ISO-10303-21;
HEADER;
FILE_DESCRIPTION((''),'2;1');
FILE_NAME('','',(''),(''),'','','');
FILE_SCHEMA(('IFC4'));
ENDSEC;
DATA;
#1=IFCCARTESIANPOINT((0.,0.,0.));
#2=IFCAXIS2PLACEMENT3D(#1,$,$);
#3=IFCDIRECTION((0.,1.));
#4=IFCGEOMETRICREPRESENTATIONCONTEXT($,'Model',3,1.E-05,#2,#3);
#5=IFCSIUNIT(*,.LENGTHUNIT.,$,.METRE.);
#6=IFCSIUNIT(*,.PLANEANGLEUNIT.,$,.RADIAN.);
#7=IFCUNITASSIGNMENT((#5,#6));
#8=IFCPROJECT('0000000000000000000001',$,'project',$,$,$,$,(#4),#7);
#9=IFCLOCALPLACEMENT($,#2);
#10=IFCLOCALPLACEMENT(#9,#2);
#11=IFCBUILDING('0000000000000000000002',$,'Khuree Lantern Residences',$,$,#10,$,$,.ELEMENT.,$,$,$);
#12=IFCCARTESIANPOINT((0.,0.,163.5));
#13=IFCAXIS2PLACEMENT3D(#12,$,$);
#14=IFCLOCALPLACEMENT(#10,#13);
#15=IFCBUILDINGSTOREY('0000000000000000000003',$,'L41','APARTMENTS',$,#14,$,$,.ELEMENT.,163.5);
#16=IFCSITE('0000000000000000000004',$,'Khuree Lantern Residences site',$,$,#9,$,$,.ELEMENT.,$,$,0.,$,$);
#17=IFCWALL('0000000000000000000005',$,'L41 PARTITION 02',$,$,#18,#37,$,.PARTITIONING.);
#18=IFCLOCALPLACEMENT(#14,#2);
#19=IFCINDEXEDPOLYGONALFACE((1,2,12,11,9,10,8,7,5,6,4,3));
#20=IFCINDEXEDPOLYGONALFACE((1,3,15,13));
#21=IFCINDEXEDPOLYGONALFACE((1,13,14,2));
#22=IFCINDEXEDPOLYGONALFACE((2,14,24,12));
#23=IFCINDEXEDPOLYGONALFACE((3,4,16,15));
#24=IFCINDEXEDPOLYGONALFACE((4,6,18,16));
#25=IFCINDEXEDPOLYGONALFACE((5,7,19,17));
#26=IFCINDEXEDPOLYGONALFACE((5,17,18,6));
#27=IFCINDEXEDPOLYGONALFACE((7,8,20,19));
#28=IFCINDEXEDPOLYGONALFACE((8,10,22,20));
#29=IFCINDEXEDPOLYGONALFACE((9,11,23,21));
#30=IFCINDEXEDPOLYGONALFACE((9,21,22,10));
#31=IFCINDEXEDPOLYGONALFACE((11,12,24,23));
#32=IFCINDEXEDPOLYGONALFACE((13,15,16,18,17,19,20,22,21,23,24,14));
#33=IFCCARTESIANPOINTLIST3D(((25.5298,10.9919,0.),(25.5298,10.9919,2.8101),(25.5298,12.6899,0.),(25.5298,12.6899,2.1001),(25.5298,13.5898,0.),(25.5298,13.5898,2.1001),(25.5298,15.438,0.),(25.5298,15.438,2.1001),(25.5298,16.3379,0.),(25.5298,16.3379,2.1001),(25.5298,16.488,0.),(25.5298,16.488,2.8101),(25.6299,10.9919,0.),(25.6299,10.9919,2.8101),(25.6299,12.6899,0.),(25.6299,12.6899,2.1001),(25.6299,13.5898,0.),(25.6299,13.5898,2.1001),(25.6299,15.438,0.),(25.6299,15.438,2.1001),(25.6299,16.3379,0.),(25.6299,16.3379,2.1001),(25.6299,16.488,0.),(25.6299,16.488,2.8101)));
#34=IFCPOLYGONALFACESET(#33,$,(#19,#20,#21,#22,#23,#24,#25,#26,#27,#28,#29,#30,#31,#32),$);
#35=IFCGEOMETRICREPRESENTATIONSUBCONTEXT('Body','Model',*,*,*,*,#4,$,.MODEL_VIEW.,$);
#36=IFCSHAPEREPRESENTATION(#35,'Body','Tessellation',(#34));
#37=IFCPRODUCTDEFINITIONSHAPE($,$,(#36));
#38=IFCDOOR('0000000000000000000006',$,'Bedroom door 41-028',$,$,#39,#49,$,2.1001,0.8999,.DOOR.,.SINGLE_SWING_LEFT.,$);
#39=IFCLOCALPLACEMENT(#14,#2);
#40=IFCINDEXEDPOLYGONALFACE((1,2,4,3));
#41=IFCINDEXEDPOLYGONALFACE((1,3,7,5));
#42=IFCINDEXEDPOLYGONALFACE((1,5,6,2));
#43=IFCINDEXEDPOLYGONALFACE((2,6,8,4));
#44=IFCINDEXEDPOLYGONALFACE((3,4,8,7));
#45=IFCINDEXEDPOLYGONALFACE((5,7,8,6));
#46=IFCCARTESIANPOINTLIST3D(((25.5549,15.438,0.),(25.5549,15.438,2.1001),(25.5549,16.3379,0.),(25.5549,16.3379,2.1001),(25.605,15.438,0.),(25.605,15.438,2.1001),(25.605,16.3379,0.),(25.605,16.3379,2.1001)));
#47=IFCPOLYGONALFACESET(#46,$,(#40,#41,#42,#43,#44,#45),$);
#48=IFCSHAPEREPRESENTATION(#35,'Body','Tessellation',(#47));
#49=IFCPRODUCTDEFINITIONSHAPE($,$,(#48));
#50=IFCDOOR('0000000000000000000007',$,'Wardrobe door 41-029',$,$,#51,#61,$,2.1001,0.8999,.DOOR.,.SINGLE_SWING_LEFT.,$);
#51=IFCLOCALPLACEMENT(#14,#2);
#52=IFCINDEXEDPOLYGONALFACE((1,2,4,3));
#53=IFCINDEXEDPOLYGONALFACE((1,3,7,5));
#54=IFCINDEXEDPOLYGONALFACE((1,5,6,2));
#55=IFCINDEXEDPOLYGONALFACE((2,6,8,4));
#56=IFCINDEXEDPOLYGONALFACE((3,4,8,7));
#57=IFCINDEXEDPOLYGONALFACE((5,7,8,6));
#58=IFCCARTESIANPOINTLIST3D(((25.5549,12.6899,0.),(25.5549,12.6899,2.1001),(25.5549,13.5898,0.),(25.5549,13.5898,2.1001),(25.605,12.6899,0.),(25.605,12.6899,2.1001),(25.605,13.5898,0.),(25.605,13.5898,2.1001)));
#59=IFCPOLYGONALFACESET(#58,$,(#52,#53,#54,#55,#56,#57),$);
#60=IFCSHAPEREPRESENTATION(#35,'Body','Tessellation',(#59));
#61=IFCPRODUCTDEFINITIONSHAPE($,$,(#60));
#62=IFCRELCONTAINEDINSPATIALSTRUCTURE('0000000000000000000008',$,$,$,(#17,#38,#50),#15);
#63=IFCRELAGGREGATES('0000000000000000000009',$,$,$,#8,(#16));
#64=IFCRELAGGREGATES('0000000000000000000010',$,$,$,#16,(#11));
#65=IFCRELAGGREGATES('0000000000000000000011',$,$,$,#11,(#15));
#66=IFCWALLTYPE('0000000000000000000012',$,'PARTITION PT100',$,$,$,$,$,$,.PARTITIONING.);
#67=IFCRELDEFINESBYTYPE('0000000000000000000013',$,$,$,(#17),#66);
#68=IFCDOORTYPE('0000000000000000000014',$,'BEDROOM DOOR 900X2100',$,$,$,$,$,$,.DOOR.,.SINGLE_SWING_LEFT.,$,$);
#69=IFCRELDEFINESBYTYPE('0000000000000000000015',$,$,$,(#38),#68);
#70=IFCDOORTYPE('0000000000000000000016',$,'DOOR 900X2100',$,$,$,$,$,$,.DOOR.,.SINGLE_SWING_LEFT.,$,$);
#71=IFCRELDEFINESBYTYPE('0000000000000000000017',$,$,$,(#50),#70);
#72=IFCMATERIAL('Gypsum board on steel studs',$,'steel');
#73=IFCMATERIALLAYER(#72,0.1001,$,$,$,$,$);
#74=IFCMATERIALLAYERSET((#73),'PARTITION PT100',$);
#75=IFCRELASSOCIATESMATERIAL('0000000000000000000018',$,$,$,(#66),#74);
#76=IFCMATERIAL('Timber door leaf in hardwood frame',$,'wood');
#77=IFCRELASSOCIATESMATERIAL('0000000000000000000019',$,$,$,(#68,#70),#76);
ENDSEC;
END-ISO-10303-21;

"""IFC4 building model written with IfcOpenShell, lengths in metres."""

from ifc_helpers import new_model, si_unit, direction, frame, frame_2d, origin, place, context, subcontext, project, spatial, rectangle, extrude, material, layer, layer_set, type_object, element, fill, save


model = new_model("IFC4")

# Units and contexts
model_context = context("Model", 3, precision=1e-05, world=origin(), true_north=direction((0.0, 1.0)))
body_context = subcontext(model_context, "Body", "Model", "MODEL_VIEW")
ifc_project = project(units=[si_unit("LENGTHUNIT", "METRE"), si_unit("PLANEANGLEUNIT", "RADIAN")], contexts=[model_context])

# Site, building, storey
site_placement = place(None, origin())
site = spatial("IfcSite", under=ifc_project, at=site_placement, Name="Khuree Lantern Residences site", CompositionType="ELEMENT", RefElevation=0.0)
building_placement = place(site_placement, origin())
building = spatial("IfcBuilding", under=site, at=building_placement, Name="Khuree Lantern Residences", CompositionType="ELEMENT")
storey_placement = place(building_placement, frame((0.0, 0.0, 163.5)))
storey = spatial("IfcBuildingStorey", under=building, at=storey_placement, Name="L41", Description="APARTMENTS", CompositionType="ELEMENT", Elevation=163.5)

# Shared definitions
ifc_material_1 = material(Name="Gypsum board on steel studs", Category="steel")
ifc_layer_1 = layer(ifc_material_1, 0.1001)
ifc_layer_set_1 = layer_set([ifc_layer_1], Name="PARTITION PT100")
wall_type = type_object("IfcWallType", Name="PARTITION PT100", PredefinedType="PARTITIONING", material=ifc_layer_set_1)

# Shared definitions
ifc_material_2 = material(Name="Timber door leaf in hardwood frame", Category="wood")
door_type_1 = type_object("IfcDoorType", Name="BEDROOM DOOR 900X2100", OperationType="SINGLE_SWING_LEFT", PredefinedType="DOOR", material=ifc_material_2)

# Wall, openings, doors
wall_1_placement = place(storey_placement, frame((25.5798, 10.9919, 0.0), z_axis=(0.0, 0.0, 1.0), x_axis=(0.0, 1.0, 0.0)))
wall_1 = element("IfcWall", 1, at=wall_1_placement, inside=storey, type_object=wall_type, Name="L41 PARTITION 02", PredefinedType="PARTITIONING", context=body_context, shape_type="SweptSolid", body=[
    extrude(rectangle(XDim=5.4961, YDim=0.1001, at=frame_2d((2.748, 0.0))), origin(), (0.0, 0.0, 1.0), 2.8101),
])
opening_1_placement = place(wall_1_placement, frame((4.446, 0.0, 0.0)))
opening_1 = element("IfcOpeningElement", 2, at=opening_1_placement, cuts=wall_1, PredefinedType="OPENING", context=body_context, shape_type="SweptSolid", body=[
    extrude(rectangle(XDim=0.8999, YDim=2.1001, at=frame_2d((0.45, 1.05))), frame((0.0, 0.0601, 0.0), z_axis=(0.0, -1.0, 0.0), x_axis=(1.0, 0.0, 0.0)), (0.0, 0.0, 1.0), 0.1201),
])
opening_2_placement = place(wall_1_placement, frame((1.698, 0.0, 0.0)))
opening_2 = element("IfcOpeningElement", 3, at=opening_2_placement, cuts=wall_1, PredefinedType="OPENING", context=body_context, shape_type="SweptSolid", body=[
    extrude(rectangle(XDim=0.8999, YDim=2.1001, at=frame_2d((0.45, 1.05))), frame((0.0, 0.0601, 0.0), z_axis=(0.0, -1.0, 0.0), x_axis=(1.0, 0.0, 0.0)), (0.0, 0.0, 1.0), 0.1201),
])
door_1_placement = place(opening_1_placement, origin())
door_1 = element("IfcDoor", 4, at=door_1_placement, inside=storey, type_object=door_type_1, Name="Bedroom door 41-028", OperationType="SINGLE_SWING_LEFT", OverallHeight=2.1001, OverallWidth=0.8999, PredefinedType="DOOR", context=body_context, shape_type="SweptSolid", body=[
    extrude(rectangle(XDim=0.8999, YDim=2.1001, at=frame_2d((0.45, 1.05))), frame((0.0, 0.0249, 0.0), z_axis=(0.0, -1.0, 0.0), x_axis=(1.0, 0.0, 0.0)), (0.0, 0.0, 1.0), 0.05),
])
fill(opening_1, door_1)
door_type_2 = type_object("IfcDoorType", Name="DOOR 900X2100", OperationType="SINGLE_SWING_LEFT", PredefinedType="DOOR", material=ifc_material_2)
door_2_placement = place(opening_2_placement, origin())
door_2 = element("IfcDoor", 5, at=door_2_placement, inside=storey, type_object=door_type_2, Name="Wardrobe door 41-029", OperationType="SINGLE_SWING_LEFT", OverallHeight=2.1001, OverallWidth=0.8999, PredefinedType="DOOR", context=body_context, shape_type="SweptSolid", body=[
    extrude(rectangle(XDim=0.8999, YDim=2.1001, at=frame_2d((0.45, 1.05))), frame((0.0, 0.0249, 0.0), z_axis=(0.0, -1.0, 0.0), x_axis=(1.0, 0.0, 0.0)), (0.0, 0.0, 1.0), 0.05),
])
fill(opening_2, door_2)

save(model, "model.ifc")
